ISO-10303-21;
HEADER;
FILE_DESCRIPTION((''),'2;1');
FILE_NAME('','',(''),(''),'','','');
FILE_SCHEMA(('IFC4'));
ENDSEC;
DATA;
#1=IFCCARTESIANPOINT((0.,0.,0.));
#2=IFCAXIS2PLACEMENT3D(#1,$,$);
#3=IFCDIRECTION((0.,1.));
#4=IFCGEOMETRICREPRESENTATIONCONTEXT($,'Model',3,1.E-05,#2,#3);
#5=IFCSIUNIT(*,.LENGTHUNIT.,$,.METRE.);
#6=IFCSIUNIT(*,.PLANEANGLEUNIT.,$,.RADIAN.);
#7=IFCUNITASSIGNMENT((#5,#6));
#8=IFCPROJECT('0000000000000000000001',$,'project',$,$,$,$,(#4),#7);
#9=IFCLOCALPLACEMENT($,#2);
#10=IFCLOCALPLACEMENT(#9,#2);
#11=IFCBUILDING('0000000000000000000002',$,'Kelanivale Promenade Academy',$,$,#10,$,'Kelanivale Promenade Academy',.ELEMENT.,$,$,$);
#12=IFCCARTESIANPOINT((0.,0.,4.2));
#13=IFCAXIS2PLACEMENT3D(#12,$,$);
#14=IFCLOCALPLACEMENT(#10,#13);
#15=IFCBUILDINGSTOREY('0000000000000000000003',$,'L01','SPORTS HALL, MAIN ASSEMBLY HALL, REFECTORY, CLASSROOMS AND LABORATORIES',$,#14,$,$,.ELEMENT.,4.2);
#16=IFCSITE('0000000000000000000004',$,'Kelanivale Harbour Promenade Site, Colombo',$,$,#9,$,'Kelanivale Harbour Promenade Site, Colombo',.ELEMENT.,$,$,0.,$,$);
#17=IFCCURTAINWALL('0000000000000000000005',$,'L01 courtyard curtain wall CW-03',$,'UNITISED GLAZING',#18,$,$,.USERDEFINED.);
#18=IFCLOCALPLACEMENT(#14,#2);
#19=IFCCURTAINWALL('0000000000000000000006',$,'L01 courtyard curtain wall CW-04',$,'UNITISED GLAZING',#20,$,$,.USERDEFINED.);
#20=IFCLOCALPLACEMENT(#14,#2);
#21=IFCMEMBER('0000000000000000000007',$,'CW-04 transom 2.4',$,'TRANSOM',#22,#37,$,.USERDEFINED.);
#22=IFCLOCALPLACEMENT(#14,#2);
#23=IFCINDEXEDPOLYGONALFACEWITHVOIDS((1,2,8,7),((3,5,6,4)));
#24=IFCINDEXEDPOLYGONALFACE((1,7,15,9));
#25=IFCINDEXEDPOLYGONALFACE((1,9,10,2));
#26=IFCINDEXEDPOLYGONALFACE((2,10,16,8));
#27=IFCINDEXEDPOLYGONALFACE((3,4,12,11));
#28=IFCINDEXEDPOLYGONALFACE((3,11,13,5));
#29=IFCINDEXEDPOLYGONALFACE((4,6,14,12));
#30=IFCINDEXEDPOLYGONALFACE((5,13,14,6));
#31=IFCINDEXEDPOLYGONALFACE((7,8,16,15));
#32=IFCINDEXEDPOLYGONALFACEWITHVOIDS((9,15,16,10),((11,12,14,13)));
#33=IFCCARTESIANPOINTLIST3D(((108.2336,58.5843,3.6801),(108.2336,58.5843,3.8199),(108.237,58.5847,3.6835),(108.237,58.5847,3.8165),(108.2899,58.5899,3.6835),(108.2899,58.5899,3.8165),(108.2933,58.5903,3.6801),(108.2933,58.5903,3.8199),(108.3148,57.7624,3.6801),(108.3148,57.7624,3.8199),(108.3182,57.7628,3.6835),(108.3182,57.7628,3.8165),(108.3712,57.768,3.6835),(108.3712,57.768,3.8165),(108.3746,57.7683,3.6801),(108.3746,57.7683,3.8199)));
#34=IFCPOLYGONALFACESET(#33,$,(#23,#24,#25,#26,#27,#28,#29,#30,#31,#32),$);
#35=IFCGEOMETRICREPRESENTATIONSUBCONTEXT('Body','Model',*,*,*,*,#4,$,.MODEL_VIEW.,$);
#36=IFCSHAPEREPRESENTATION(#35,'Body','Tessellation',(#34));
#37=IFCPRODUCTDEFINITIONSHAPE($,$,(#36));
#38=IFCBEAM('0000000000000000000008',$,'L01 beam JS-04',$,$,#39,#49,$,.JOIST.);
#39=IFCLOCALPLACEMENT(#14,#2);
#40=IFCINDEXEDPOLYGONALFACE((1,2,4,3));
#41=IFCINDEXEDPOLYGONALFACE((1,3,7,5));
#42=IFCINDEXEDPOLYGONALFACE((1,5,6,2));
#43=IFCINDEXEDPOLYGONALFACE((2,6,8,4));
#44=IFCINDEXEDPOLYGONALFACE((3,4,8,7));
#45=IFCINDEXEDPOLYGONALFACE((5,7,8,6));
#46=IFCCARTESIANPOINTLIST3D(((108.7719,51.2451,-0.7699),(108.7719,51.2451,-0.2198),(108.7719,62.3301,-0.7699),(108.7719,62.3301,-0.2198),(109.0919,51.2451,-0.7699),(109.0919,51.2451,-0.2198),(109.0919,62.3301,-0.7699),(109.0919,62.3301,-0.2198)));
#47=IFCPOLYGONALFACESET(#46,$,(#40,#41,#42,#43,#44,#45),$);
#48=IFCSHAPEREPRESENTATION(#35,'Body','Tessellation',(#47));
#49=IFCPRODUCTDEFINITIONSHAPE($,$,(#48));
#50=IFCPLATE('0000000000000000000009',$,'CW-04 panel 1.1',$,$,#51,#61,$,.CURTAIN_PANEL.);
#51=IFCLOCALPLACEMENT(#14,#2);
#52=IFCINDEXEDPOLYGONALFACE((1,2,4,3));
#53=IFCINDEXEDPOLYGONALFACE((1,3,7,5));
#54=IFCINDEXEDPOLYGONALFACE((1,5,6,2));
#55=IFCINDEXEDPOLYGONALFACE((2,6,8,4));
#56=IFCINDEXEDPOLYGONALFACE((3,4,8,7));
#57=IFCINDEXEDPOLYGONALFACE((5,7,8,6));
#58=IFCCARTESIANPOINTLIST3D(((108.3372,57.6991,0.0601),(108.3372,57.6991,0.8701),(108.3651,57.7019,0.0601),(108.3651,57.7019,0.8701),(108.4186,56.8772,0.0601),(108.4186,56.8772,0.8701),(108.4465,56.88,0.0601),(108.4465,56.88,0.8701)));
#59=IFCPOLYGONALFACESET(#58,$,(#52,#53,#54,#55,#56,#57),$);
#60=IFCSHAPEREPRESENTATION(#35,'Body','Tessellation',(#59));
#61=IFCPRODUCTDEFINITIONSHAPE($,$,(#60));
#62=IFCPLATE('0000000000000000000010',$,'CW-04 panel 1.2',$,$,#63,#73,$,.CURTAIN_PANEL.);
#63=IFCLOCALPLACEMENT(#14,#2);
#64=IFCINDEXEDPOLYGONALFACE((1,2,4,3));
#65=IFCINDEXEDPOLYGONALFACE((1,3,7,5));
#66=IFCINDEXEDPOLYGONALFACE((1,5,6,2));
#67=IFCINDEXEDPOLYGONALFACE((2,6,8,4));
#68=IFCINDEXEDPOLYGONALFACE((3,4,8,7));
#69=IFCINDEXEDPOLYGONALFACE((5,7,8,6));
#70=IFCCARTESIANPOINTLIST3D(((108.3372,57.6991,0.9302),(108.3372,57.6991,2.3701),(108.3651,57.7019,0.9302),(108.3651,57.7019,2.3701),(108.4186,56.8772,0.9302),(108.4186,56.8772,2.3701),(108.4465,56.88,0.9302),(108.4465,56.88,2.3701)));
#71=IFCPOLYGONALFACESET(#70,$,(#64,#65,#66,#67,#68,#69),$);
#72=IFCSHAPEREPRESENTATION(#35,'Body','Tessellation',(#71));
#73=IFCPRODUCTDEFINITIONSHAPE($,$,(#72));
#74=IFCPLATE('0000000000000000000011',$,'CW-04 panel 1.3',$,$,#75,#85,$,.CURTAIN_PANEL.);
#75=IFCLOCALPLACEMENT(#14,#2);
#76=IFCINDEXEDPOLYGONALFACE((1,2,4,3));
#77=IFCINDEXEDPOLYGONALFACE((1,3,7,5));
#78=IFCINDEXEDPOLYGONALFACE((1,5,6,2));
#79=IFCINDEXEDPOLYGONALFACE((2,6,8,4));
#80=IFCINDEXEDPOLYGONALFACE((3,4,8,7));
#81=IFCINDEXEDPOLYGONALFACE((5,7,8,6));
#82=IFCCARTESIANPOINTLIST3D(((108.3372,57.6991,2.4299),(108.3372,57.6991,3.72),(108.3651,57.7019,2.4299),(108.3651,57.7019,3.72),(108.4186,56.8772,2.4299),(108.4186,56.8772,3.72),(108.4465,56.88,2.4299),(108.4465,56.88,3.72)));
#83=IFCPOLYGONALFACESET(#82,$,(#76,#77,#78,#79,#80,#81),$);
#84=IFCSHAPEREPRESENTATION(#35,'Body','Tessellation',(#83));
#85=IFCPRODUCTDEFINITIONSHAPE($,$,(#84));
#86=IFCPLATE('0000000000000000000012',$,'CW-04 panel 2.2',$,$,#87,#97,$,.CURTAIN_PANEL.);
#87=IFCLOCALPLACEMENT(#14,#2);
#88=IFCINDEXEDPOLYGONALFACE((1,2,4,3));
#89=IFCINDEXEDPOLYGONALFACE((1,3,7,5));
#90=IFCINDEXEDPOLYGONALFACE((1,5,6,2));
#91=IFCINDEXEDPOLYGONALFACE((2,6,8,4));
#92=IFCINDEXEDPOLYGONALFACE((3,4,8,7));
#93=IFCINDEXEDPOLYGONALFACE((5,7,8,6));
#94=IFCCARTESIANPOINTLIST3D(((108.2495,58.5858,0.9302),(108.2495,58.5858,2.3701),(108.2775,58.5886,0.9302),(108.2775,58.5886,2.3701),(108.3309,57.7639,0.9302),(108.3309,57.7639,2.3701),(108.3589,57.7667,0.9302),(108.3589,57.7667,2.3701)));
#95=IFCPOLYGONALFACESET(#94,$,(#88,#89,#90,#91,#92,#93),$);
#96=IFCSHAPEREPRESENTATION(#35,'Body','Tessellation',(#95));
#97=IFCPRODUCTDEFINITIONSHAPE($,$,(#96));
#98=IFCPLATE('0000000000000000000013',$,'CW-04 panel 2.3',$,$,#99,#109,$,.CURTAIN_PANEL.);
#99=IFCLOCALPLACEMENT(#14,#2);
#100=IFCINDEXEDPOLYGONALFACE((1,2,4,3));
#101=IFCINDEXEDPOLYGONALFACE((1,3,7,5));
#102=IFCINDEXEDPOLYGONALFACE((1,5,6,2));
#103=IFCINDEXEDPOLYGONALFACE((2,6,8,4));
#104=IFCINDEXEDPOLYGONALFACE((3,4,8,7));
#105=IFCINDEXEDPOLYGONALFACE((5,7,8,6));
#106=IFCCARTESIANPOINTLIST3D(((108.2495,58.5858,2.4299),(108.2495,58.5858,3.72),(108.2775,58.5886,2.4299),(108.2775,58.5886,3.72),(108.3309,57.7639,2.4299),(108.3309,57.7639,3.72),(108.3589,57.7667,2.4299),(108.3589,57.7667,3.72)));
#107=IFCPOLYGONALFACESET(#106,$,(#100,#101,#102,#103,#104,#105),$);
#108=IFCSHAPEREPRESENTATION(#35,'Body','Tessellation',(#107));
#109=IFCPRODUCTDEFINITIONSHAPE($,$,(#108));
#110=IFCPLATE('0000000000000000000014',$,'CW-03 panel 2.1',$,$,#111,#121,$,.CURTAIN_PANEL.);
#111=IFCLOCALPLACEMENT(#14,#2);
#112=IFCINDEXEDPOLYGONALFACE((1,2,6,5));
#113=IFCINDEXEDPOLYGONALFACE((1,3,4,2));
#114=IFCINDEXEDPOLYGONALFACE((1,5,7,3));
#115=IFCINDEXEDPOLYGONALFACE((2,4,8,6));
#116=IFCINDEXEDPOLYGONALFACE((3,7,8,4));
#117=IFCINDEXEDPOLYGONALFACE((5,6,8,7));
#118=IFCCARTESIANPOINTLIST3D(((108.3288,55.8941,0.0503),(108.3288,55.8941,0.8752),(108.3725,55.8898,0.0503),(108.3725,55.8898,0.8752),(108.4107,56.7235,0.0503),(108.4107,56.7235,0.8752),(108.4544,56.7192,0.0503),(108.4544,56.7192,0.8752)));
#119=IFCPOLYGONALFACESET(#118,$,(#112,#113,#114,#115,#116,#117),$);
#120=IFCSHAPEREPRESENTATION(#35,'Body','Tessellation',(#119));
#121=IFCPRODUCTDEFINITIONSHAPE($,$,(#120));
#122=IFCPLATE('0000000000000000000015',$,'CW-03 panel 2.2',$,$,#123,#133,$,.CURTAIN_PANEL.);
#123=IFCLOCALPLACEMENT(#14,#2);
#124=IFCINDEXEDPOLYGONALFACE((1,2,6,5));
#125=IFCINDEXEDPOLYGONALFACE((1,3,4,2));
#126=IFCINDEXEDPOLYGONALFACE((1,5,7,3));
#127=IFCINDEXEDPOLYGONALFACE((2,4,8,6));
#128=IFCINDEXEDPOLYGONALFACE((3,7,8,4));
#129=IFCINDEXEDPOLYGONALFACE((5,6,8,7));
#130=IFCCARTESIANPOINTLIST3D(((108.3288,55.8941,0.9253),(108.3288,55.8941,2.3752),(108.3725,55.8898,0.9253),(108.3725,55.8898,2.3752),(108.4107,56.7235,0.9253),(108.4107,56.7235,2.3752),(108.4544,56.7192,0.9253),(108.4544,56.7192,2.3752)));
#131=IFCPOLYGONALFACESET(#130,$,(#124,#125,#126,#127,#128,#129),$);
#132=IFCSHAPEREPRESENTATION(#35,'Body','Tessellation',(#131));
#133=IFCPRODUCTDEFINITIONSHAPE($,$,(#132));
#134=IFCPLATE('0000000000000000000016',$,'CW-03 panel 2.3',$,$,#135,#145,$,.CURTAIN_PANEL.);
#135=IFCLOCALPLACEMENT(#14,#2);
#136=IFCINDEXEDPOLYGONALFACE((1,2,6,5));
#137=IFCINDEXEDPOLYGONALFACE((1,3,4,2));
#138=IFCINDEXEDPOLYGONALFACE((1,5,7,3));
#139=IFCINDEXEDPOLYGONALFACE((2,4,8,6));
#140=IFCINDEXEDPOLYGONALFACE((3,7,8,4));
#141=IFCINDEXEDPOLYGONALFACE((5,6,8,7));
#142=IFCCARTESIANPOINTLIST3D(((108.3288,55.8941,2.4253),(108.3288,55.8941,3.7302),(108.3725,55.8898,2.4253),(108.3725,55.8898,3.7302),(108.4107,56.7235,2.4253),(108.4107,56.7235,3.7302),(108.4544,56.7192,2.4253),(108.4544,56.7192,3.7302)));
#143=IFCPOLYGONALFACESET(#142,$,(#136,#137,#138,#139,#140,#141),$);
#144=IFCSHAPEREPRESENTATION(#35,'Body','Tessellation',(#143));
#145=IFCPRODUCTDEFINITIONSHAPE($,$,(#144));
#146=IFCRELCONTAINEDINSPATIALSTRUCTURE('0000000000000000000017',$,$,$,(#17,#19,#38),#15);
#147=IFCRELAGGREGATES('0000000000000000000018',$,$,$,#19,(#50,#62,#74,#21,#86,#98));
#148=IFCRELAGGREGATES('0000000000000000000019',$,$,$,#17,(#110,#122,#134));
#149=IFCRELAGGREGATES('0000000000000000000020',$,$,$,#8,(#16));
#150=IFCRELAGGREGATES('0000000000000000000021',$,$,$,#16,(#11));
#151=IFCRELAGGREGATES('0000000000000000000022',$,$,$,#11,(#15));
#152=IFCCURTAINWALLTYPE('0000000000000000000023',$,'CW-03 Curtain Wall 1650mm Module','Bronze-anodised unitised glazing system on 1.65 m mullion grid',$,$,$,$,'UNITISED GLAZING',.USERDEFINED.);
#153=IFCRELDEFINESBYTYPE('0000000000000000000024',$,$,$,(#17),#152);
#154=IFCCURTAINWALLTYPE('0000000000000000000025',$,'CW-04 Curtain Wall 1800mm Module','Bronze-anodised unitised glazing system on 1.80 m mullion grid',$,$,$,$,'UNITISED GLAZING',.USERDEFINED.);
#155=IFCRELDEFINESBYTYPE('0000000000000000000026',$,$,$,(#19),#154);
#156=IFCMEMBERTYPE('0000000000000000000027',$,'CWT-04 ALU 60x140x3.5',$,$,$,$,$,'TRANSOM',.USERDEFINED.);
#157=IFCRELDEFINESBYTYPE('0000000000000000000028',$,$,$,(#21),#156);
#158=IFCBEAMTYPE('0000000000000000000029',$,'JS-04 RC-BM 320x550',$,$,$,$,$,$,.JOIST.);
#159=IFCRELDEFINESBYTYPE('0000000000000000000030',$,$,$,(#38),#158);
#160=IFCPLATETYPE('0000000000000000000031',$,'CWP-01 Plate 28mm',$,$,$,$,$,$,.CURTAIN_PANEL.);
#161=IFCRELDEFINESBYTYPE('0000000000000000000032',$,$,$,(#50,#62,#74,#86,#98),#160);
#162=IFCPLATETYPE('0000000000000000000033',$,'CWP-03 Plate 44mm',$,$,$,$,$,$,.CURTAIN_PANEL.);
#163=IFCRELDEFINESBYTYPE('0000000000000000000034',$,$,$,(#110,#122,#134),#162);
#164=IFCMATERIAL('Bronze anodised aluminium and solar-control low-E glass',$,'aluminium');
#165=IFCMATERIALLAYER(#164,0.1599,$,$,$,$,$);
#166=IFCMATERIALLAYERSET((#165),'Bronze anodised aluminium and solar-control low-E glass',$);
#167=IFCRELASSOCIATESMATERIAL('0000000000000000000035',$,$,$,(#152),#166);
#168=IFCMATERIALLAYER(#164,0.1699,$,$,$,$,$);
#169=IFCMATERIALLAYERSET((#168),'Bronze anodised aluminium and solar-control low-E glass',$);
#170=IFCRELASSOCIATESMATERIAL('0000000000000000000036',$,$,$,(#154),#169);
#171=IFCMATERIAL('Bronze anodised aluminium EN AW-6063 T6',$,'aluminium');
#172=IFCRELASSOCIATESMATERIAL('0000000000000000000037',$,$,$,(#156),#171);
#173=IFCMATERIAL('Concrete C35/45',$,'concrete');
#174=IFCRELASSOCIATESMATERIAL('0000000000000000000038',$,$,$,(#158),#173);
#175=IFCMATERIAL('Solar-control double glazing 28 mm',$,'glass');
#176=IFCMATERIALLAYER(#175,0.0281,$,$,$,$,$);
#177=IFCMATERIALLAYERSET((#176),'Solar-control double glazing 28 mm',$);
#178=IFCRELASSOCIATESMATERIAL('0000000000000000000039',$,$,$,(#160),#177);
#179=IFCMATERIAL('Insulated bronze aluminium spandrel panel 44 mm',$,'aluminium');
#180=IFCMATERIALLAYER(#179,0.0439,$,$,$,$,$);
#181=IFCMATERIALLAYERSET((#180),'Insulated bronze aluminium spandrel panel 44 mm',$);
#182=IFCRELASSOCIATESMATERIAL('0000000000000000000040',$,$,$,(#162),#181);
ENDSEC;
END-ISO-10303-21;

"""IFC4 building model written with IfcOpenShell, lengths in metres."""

from ifc_helpers import new_model, si_unit, direction, frame, origin, origin_2d, place, context, subcontext, project, spatial, rectangle, hollow_rectangle, extrude, material, layer, layer_set, material_profile, profile_set, type_object, element, aggregate, save


model = new_model("IFC4")

# Units and contexts
model_context = context("Model", 3, precision=1e-05, world=origin(), true_north=direction((0.0, 1.0)))
body_context = subcontext(model_context, "Body", "Model", "MODEL_VIEW")
ifc_project = project(units=[si_unit("LENGTHUNIT", "METRE"), si_unit("PLANEANGLEUNIT", "RADIAN")], contexts=[model_context])

# Site, building, storey
site_placement = place(None, origin())
site = spatial("IfcSite", under=ifc_project, at=site_placement, Name="Kelanivale Harbour Promenade Site, Colombo", LongName="Kelanivale Harbour Promenade Site, Colombo", CompositionType="ELEMENT", RefElevation=0.0)
building_placement = place(site_placement, origin())
building = spatial("IfcBuilding", under=site, at=building_placement, Name="Kelanivale Promenade Academy", LongName="Kelanivale Promenade Academy", CompositionType="ELEMENT")
storey_placement = place(building_placement, frame((0.0, 0.0, 4.2)))
storey = spatial("IfcBuildingStorey", under=building, at=storey_placement, Name="L01", Description="SPORTS HALL, MAIN ASSEMBLY HALL, REFECTORY, CLASSROOMS AND LABORATORIES", CompositionType="ELEMENT", Elevation=4.2)

# Curtain walls
ifc_material_1 = material(Name="Bronze anodised aluminium and solar-control low-E glass", Category="aluminium")
ifc_layer_1 = layer(ifc_material_1, 0.1599)
ifc_layer_set_1 = layer_set([ifc_layer_1], Name="Bronze anodised aluminium and solar-control low-E glass")
curtain_wall_type_1 = type_object("IfcCurtainWallType", Name="CW-03 Curtain Wall 1650mm Module", Description="Bronze-anodised unitised glazing system on 1.65 m mullion grid", ElementType="UNITISED GLAZING", PredefinedType="USERDEFINED", material=ifc_layer_set_1)
curtain_wall_1_placement = place(storey_placement, origin())
curtain_wall_1 = element("IfcCurtainWall", 1, at=curtain_wall_1_placement, inside=storey, type_object=curtain_wall_type_1, Name="L01 courtyard curtain wall CW-03", ObjectType="UNITISED GLAZING", PredefinedType="USERDEFINED")
ifc_material_2 = material(Name="Bronze anodised aluminium EN AW-6063 T6", Category="aluminium")
ifc_layer_2 = layer(ifc_material_1, 0.1699)
ifc_layer_set_2 = layer_set([ifc_layer_2], Name="Bronze anodised aluminium and solar-control low-E glass")
curtain_wall_type_2 = type_object("IfcCurtainWallType", Name="CW-04 Curtain Wall 1800mm Module", Description="Bronze-anodised unitised glazing system on 1.80 m mullion grid", ElementType="UNITISED GLAZING", PredefinedType="USERDEFINED", material=ifc_layer_set_2)
curtain_wall_2_placement = place(storey_placement, origin())
curtain_wall_2 = element("IfcCurtainWall", 2, at=curtain_wall_2_placement, inside=storey, type_object=curtain_wall_type_2, Name="L01 courtyard curtain wall CW-04", ObjectType="UNITISED GLAZING", PredefinedType="USERDEFINED")

# Member
ifc_material_profile_1 = material_profile(ifc_material_2, hollow_rectangle(XDim=0.0601, YDim=0.1399, WallThickness=0.0034, at=origin_2d()), Name="ALU 60x140x3.5")
ifc_profile_set_1 = profile_set([ifc_material_profile_1], Name="Bronze anodised aluminium EN AW-6063 T6")
member_type_1 = type_object("IfcMemberType", Name="CWT-04 ALU 60x140x3.5", ElementType="TRANSOM", PredefinedType="USERDEFINED", material=ifc_profile_set_1)
member_1_placement = place(storey_placement, frame((108.3447, 57.7654, 3.75), z_axis=(-0.098421, 0.995145, 0.0), x_axis=(-0.995145, -0.098421, 0.0)))
member_1 = element("IfcMember", 3, at=member_1_placement, type_object=member_type_1, Name="CW-04 transom 2.4", ObjectType="TRANSOM", PredefinedType="USERDEFINED", context=body_context, shape_type="SweptSolid", body=[
    extrude(hollow_rectangle(XDim=0.0601, YDim=0.1399, WallThickness=0.0034, at=origin_2d()), origin(), (0.0, 0.0, 1.0), 0.8259),
])

# Beam
ifc_material_3 = material(Name="Concrete C35/45", Category="concrete")
ifc_material_profile_2 = material_profile(ifc_material_3, rectangle(XDim=0.3201, YDim=0.55, at=origin_2d()), Name="RC-BM 320x550")
ifc_profile_set_2 = profile_set([ifc_material_profile_2], Name="Concrete C35/45")
beam_type = type_object("IfcBeamType", Name="JS-04 RC-BM 320x550", PredefinedType="JOIST", material=ifc_profile_set_2)
beam_placement = place(storey_placement, frame((108.9319, 51.2451, -0.4949), z_axis=(0.0, 1.0, 0.0), x_axis=(-1.0, 0.0, 0.0)))
element("IfcBeam", 4, at=beam_placement, inside=storey, type_object=beam_type, Name="L01 beam JS-04", PredefinedType="JOIST", context=body_context, shape_type="SweptSolid", body=[
    extrude(rectangle(XDim=0.3201, YDim=0.55, at=origin_2d()), origin(), (0.0, 0.0, 1.0), 11.085),
])

# Plates
ifc_material_4 = material(Name="Solar-control double glazing 28 mm", Category="glass")
ifc_layer_3 = layer(ifc_material_4, 0.0281)
ifc_layer_set_3 = layer_set([ifc_layer_3], Name="Solar-control double glazing 28 mm")
plate_type_1 = type_object("IfcPlateType", Name="CWP-01 Plate 28mm", PredefinedType="CURTAIN_PANEL", material=ifc_layer_set_3)
plate_1_placement = place(storey_placement, frame((108.3918, 57.2896, 0.0601), z_axis=(0.0, 0.0, 1.0), x_axis=(-0.098539, 0.995133, 0.0)))
plate_1 = element("IfcPlate", 5, at=plate_1_placement, type_object=plate_type_1, Name="CW-04 panel 1.1", PredefinedType="CURTAIN_PANEL", context=body_context, shape_type="SweptSolid", body=[
    extrude(rectangle(XDim=0.8259, YDim=0.0281, at=origin_2d()), origin(), (0.0, 0.0, 1.0), 0.8101),
])
plate_2_placement = place(storey_placement, frame((108.3918, 57.2896, 0.9302), z_axis=(0.0, 0.0, 1.0), x_axis=(-0.098539, 0.995133, 0.0)))
plate_2 = element("IfcPlate", 6, at=plate_2_placement, type_object=plate_type_1, Name="CW-04 panel 1.2", PredefinedType="CURTAIN_PANEL", context=body_context, shape_type="SweptSolid", body=[
    extrude(rectangle(XDim=0.8259, YDim=0.0281, at=origin_2d()), origin(), (0.0, 0.0, 1.0), 1.4399),
])
plate_3_placement = place(storey_placement, frame((108.3918, 57.2896, 2.4299), z_axis=(0.0, 0.0, 1.0), x_axis=(-0.098539, 0.995133, 0.0)))
plate_3 = element("IfcPlate", 7, at=plate_3_placement, type_object=plate_type_1, Name="CW-04 panel 1.3", PredefinedType="CURTAIN_PANEL", context=body_context, shape_type="SweptSolid", body=[
    extrude(rectangle(XDim=0.8259, YDim=0.0281, at=origin_2d()), origin(), (0.0, 0.0, 1.0), 1.29),
])
plate_4_placement = place(storey_placement, frame((108.3042, 58.1763, 0.9302), z_axis=(0.0, 0.0, 1.0), x_axis=(-0.098539, 0.995133, 0.0)))
plate_4 = element("IfcPlate", 8, at=plate_4_placement, type_object=plate_type_1, Name="CW-04 panel 2.2", PredefinedType="CURTAIN_PANEL", context=body_context, shape_type="SweptSolid", body=[
    extrude(rectangle(XDim=0.8259, YDim=0.0281, at=origin_2d()), origin(), (0.0, 0.0, 1.0), 1.4399),
])
plate_5_placement = place(storey_placement, frame((108.3042, 58.1763, 2.4299), z_axis=(0.0, 0.0, 1.0), x_axis=(-0.098539, 0.995133, 0.0)))
plate_5 = element("IfcPlate", 9, at=plate_5_placement, type_object=plate_type_1, Name="CW-04 panel 2.3", PredefinedType="CURTAIN_PANEL", context=body_context, shape_type="SweptSolid", body=[
    extrude(rectangle(XDim=0.8259, YDim=0.0281, at=origin_2d()), origin(), (0.0, 0.0, 1.0), 1.29),
])
aggregate(curtain_wall_2, [plate_1, plate_2, plate_3, member_1, plate_4, plate_5])
ifc_material_5 = material(Name="Insulated bronze aluminium spandrel panel 44 mm", Category="aluminium")
ifc_layer_4 = layer(ifc_material_5, 0.0439)
ifc_layer_set_4 = layer_set([ifc_layer_4], Name="Insulated bronze aluminium spandrel panel 44 mm")
plate_type_2 = type_object("IfcPlateType", Name="CWP-03 Plate 44mm", PredefinedType="CURTAIN_PANEL", material=ifc_layer_set_4)
plate_6_placement = place(storey_placement, frame((108.3916, 56.3066, 0.0503), z_axis=(0.0, 0.0, 1.0), x_axis=(0.098281, 0.995159, 0.0)))
plate_6 = element("IfcPlate", 10, at=plate_6_placement, type_object=plate_type_2, Name="CW-03 panel 2.1", PredefinedType="CURTAIN_PANEL", context=body_context, shape_type="SweptSolid", body=[
    extrude(rectangle(XDim=0.8335, YDim=0.0439, at=origin_2d()), origin(), (0.0, 0.0, 1.0), 0.825),
])
plate_7_placement = place(storey_placement, frame((108.3916, 56.3066, 0.9253), z_axis=(0.0, 0.0, 1.0), x_axis=(0.098281, 0.995159, 0.0)))
plate_7 = element("IfcPlate", 11, at=plate_7_placement, type_object=plate_type_2, Name="CW-03 panel 2.2", PredefinedType="CURTAIN_PANEL", context=body_context, shape_type="SweptSolid", body=[
    extrude(rectangle(XDim=0.8335, YDim=0.0439, at=origin_2d()), origin(), (0.0, 0.0, 1.0), 1.45),
])
plate_8_placement = place(storey_placement, frame((108.3916, 56.3066, 2.4253), z_axis=(0.0, 0.0, 1.0), x_axis=(0.098281, 0.995159, 0.0)))
plate_8 = element("IfcPlate", 12, at=plate_8_placement, type_object=plate_type_2, Name="CW-03 panel 2.3", PredefinedType="CURTAIN_PANEL", context=body_context, shape_type="SweptSolid", body=[
    extrude(rectangle(XDim=0.8335, YDim=0.0439, at=origin_2d()), origin(), (0.0, 0.0, 1.0), 1.3049),
])
aggregate(curtain_wall_1, [plate_6, plate_7, plate_8])

save(model, "model.ifc")
